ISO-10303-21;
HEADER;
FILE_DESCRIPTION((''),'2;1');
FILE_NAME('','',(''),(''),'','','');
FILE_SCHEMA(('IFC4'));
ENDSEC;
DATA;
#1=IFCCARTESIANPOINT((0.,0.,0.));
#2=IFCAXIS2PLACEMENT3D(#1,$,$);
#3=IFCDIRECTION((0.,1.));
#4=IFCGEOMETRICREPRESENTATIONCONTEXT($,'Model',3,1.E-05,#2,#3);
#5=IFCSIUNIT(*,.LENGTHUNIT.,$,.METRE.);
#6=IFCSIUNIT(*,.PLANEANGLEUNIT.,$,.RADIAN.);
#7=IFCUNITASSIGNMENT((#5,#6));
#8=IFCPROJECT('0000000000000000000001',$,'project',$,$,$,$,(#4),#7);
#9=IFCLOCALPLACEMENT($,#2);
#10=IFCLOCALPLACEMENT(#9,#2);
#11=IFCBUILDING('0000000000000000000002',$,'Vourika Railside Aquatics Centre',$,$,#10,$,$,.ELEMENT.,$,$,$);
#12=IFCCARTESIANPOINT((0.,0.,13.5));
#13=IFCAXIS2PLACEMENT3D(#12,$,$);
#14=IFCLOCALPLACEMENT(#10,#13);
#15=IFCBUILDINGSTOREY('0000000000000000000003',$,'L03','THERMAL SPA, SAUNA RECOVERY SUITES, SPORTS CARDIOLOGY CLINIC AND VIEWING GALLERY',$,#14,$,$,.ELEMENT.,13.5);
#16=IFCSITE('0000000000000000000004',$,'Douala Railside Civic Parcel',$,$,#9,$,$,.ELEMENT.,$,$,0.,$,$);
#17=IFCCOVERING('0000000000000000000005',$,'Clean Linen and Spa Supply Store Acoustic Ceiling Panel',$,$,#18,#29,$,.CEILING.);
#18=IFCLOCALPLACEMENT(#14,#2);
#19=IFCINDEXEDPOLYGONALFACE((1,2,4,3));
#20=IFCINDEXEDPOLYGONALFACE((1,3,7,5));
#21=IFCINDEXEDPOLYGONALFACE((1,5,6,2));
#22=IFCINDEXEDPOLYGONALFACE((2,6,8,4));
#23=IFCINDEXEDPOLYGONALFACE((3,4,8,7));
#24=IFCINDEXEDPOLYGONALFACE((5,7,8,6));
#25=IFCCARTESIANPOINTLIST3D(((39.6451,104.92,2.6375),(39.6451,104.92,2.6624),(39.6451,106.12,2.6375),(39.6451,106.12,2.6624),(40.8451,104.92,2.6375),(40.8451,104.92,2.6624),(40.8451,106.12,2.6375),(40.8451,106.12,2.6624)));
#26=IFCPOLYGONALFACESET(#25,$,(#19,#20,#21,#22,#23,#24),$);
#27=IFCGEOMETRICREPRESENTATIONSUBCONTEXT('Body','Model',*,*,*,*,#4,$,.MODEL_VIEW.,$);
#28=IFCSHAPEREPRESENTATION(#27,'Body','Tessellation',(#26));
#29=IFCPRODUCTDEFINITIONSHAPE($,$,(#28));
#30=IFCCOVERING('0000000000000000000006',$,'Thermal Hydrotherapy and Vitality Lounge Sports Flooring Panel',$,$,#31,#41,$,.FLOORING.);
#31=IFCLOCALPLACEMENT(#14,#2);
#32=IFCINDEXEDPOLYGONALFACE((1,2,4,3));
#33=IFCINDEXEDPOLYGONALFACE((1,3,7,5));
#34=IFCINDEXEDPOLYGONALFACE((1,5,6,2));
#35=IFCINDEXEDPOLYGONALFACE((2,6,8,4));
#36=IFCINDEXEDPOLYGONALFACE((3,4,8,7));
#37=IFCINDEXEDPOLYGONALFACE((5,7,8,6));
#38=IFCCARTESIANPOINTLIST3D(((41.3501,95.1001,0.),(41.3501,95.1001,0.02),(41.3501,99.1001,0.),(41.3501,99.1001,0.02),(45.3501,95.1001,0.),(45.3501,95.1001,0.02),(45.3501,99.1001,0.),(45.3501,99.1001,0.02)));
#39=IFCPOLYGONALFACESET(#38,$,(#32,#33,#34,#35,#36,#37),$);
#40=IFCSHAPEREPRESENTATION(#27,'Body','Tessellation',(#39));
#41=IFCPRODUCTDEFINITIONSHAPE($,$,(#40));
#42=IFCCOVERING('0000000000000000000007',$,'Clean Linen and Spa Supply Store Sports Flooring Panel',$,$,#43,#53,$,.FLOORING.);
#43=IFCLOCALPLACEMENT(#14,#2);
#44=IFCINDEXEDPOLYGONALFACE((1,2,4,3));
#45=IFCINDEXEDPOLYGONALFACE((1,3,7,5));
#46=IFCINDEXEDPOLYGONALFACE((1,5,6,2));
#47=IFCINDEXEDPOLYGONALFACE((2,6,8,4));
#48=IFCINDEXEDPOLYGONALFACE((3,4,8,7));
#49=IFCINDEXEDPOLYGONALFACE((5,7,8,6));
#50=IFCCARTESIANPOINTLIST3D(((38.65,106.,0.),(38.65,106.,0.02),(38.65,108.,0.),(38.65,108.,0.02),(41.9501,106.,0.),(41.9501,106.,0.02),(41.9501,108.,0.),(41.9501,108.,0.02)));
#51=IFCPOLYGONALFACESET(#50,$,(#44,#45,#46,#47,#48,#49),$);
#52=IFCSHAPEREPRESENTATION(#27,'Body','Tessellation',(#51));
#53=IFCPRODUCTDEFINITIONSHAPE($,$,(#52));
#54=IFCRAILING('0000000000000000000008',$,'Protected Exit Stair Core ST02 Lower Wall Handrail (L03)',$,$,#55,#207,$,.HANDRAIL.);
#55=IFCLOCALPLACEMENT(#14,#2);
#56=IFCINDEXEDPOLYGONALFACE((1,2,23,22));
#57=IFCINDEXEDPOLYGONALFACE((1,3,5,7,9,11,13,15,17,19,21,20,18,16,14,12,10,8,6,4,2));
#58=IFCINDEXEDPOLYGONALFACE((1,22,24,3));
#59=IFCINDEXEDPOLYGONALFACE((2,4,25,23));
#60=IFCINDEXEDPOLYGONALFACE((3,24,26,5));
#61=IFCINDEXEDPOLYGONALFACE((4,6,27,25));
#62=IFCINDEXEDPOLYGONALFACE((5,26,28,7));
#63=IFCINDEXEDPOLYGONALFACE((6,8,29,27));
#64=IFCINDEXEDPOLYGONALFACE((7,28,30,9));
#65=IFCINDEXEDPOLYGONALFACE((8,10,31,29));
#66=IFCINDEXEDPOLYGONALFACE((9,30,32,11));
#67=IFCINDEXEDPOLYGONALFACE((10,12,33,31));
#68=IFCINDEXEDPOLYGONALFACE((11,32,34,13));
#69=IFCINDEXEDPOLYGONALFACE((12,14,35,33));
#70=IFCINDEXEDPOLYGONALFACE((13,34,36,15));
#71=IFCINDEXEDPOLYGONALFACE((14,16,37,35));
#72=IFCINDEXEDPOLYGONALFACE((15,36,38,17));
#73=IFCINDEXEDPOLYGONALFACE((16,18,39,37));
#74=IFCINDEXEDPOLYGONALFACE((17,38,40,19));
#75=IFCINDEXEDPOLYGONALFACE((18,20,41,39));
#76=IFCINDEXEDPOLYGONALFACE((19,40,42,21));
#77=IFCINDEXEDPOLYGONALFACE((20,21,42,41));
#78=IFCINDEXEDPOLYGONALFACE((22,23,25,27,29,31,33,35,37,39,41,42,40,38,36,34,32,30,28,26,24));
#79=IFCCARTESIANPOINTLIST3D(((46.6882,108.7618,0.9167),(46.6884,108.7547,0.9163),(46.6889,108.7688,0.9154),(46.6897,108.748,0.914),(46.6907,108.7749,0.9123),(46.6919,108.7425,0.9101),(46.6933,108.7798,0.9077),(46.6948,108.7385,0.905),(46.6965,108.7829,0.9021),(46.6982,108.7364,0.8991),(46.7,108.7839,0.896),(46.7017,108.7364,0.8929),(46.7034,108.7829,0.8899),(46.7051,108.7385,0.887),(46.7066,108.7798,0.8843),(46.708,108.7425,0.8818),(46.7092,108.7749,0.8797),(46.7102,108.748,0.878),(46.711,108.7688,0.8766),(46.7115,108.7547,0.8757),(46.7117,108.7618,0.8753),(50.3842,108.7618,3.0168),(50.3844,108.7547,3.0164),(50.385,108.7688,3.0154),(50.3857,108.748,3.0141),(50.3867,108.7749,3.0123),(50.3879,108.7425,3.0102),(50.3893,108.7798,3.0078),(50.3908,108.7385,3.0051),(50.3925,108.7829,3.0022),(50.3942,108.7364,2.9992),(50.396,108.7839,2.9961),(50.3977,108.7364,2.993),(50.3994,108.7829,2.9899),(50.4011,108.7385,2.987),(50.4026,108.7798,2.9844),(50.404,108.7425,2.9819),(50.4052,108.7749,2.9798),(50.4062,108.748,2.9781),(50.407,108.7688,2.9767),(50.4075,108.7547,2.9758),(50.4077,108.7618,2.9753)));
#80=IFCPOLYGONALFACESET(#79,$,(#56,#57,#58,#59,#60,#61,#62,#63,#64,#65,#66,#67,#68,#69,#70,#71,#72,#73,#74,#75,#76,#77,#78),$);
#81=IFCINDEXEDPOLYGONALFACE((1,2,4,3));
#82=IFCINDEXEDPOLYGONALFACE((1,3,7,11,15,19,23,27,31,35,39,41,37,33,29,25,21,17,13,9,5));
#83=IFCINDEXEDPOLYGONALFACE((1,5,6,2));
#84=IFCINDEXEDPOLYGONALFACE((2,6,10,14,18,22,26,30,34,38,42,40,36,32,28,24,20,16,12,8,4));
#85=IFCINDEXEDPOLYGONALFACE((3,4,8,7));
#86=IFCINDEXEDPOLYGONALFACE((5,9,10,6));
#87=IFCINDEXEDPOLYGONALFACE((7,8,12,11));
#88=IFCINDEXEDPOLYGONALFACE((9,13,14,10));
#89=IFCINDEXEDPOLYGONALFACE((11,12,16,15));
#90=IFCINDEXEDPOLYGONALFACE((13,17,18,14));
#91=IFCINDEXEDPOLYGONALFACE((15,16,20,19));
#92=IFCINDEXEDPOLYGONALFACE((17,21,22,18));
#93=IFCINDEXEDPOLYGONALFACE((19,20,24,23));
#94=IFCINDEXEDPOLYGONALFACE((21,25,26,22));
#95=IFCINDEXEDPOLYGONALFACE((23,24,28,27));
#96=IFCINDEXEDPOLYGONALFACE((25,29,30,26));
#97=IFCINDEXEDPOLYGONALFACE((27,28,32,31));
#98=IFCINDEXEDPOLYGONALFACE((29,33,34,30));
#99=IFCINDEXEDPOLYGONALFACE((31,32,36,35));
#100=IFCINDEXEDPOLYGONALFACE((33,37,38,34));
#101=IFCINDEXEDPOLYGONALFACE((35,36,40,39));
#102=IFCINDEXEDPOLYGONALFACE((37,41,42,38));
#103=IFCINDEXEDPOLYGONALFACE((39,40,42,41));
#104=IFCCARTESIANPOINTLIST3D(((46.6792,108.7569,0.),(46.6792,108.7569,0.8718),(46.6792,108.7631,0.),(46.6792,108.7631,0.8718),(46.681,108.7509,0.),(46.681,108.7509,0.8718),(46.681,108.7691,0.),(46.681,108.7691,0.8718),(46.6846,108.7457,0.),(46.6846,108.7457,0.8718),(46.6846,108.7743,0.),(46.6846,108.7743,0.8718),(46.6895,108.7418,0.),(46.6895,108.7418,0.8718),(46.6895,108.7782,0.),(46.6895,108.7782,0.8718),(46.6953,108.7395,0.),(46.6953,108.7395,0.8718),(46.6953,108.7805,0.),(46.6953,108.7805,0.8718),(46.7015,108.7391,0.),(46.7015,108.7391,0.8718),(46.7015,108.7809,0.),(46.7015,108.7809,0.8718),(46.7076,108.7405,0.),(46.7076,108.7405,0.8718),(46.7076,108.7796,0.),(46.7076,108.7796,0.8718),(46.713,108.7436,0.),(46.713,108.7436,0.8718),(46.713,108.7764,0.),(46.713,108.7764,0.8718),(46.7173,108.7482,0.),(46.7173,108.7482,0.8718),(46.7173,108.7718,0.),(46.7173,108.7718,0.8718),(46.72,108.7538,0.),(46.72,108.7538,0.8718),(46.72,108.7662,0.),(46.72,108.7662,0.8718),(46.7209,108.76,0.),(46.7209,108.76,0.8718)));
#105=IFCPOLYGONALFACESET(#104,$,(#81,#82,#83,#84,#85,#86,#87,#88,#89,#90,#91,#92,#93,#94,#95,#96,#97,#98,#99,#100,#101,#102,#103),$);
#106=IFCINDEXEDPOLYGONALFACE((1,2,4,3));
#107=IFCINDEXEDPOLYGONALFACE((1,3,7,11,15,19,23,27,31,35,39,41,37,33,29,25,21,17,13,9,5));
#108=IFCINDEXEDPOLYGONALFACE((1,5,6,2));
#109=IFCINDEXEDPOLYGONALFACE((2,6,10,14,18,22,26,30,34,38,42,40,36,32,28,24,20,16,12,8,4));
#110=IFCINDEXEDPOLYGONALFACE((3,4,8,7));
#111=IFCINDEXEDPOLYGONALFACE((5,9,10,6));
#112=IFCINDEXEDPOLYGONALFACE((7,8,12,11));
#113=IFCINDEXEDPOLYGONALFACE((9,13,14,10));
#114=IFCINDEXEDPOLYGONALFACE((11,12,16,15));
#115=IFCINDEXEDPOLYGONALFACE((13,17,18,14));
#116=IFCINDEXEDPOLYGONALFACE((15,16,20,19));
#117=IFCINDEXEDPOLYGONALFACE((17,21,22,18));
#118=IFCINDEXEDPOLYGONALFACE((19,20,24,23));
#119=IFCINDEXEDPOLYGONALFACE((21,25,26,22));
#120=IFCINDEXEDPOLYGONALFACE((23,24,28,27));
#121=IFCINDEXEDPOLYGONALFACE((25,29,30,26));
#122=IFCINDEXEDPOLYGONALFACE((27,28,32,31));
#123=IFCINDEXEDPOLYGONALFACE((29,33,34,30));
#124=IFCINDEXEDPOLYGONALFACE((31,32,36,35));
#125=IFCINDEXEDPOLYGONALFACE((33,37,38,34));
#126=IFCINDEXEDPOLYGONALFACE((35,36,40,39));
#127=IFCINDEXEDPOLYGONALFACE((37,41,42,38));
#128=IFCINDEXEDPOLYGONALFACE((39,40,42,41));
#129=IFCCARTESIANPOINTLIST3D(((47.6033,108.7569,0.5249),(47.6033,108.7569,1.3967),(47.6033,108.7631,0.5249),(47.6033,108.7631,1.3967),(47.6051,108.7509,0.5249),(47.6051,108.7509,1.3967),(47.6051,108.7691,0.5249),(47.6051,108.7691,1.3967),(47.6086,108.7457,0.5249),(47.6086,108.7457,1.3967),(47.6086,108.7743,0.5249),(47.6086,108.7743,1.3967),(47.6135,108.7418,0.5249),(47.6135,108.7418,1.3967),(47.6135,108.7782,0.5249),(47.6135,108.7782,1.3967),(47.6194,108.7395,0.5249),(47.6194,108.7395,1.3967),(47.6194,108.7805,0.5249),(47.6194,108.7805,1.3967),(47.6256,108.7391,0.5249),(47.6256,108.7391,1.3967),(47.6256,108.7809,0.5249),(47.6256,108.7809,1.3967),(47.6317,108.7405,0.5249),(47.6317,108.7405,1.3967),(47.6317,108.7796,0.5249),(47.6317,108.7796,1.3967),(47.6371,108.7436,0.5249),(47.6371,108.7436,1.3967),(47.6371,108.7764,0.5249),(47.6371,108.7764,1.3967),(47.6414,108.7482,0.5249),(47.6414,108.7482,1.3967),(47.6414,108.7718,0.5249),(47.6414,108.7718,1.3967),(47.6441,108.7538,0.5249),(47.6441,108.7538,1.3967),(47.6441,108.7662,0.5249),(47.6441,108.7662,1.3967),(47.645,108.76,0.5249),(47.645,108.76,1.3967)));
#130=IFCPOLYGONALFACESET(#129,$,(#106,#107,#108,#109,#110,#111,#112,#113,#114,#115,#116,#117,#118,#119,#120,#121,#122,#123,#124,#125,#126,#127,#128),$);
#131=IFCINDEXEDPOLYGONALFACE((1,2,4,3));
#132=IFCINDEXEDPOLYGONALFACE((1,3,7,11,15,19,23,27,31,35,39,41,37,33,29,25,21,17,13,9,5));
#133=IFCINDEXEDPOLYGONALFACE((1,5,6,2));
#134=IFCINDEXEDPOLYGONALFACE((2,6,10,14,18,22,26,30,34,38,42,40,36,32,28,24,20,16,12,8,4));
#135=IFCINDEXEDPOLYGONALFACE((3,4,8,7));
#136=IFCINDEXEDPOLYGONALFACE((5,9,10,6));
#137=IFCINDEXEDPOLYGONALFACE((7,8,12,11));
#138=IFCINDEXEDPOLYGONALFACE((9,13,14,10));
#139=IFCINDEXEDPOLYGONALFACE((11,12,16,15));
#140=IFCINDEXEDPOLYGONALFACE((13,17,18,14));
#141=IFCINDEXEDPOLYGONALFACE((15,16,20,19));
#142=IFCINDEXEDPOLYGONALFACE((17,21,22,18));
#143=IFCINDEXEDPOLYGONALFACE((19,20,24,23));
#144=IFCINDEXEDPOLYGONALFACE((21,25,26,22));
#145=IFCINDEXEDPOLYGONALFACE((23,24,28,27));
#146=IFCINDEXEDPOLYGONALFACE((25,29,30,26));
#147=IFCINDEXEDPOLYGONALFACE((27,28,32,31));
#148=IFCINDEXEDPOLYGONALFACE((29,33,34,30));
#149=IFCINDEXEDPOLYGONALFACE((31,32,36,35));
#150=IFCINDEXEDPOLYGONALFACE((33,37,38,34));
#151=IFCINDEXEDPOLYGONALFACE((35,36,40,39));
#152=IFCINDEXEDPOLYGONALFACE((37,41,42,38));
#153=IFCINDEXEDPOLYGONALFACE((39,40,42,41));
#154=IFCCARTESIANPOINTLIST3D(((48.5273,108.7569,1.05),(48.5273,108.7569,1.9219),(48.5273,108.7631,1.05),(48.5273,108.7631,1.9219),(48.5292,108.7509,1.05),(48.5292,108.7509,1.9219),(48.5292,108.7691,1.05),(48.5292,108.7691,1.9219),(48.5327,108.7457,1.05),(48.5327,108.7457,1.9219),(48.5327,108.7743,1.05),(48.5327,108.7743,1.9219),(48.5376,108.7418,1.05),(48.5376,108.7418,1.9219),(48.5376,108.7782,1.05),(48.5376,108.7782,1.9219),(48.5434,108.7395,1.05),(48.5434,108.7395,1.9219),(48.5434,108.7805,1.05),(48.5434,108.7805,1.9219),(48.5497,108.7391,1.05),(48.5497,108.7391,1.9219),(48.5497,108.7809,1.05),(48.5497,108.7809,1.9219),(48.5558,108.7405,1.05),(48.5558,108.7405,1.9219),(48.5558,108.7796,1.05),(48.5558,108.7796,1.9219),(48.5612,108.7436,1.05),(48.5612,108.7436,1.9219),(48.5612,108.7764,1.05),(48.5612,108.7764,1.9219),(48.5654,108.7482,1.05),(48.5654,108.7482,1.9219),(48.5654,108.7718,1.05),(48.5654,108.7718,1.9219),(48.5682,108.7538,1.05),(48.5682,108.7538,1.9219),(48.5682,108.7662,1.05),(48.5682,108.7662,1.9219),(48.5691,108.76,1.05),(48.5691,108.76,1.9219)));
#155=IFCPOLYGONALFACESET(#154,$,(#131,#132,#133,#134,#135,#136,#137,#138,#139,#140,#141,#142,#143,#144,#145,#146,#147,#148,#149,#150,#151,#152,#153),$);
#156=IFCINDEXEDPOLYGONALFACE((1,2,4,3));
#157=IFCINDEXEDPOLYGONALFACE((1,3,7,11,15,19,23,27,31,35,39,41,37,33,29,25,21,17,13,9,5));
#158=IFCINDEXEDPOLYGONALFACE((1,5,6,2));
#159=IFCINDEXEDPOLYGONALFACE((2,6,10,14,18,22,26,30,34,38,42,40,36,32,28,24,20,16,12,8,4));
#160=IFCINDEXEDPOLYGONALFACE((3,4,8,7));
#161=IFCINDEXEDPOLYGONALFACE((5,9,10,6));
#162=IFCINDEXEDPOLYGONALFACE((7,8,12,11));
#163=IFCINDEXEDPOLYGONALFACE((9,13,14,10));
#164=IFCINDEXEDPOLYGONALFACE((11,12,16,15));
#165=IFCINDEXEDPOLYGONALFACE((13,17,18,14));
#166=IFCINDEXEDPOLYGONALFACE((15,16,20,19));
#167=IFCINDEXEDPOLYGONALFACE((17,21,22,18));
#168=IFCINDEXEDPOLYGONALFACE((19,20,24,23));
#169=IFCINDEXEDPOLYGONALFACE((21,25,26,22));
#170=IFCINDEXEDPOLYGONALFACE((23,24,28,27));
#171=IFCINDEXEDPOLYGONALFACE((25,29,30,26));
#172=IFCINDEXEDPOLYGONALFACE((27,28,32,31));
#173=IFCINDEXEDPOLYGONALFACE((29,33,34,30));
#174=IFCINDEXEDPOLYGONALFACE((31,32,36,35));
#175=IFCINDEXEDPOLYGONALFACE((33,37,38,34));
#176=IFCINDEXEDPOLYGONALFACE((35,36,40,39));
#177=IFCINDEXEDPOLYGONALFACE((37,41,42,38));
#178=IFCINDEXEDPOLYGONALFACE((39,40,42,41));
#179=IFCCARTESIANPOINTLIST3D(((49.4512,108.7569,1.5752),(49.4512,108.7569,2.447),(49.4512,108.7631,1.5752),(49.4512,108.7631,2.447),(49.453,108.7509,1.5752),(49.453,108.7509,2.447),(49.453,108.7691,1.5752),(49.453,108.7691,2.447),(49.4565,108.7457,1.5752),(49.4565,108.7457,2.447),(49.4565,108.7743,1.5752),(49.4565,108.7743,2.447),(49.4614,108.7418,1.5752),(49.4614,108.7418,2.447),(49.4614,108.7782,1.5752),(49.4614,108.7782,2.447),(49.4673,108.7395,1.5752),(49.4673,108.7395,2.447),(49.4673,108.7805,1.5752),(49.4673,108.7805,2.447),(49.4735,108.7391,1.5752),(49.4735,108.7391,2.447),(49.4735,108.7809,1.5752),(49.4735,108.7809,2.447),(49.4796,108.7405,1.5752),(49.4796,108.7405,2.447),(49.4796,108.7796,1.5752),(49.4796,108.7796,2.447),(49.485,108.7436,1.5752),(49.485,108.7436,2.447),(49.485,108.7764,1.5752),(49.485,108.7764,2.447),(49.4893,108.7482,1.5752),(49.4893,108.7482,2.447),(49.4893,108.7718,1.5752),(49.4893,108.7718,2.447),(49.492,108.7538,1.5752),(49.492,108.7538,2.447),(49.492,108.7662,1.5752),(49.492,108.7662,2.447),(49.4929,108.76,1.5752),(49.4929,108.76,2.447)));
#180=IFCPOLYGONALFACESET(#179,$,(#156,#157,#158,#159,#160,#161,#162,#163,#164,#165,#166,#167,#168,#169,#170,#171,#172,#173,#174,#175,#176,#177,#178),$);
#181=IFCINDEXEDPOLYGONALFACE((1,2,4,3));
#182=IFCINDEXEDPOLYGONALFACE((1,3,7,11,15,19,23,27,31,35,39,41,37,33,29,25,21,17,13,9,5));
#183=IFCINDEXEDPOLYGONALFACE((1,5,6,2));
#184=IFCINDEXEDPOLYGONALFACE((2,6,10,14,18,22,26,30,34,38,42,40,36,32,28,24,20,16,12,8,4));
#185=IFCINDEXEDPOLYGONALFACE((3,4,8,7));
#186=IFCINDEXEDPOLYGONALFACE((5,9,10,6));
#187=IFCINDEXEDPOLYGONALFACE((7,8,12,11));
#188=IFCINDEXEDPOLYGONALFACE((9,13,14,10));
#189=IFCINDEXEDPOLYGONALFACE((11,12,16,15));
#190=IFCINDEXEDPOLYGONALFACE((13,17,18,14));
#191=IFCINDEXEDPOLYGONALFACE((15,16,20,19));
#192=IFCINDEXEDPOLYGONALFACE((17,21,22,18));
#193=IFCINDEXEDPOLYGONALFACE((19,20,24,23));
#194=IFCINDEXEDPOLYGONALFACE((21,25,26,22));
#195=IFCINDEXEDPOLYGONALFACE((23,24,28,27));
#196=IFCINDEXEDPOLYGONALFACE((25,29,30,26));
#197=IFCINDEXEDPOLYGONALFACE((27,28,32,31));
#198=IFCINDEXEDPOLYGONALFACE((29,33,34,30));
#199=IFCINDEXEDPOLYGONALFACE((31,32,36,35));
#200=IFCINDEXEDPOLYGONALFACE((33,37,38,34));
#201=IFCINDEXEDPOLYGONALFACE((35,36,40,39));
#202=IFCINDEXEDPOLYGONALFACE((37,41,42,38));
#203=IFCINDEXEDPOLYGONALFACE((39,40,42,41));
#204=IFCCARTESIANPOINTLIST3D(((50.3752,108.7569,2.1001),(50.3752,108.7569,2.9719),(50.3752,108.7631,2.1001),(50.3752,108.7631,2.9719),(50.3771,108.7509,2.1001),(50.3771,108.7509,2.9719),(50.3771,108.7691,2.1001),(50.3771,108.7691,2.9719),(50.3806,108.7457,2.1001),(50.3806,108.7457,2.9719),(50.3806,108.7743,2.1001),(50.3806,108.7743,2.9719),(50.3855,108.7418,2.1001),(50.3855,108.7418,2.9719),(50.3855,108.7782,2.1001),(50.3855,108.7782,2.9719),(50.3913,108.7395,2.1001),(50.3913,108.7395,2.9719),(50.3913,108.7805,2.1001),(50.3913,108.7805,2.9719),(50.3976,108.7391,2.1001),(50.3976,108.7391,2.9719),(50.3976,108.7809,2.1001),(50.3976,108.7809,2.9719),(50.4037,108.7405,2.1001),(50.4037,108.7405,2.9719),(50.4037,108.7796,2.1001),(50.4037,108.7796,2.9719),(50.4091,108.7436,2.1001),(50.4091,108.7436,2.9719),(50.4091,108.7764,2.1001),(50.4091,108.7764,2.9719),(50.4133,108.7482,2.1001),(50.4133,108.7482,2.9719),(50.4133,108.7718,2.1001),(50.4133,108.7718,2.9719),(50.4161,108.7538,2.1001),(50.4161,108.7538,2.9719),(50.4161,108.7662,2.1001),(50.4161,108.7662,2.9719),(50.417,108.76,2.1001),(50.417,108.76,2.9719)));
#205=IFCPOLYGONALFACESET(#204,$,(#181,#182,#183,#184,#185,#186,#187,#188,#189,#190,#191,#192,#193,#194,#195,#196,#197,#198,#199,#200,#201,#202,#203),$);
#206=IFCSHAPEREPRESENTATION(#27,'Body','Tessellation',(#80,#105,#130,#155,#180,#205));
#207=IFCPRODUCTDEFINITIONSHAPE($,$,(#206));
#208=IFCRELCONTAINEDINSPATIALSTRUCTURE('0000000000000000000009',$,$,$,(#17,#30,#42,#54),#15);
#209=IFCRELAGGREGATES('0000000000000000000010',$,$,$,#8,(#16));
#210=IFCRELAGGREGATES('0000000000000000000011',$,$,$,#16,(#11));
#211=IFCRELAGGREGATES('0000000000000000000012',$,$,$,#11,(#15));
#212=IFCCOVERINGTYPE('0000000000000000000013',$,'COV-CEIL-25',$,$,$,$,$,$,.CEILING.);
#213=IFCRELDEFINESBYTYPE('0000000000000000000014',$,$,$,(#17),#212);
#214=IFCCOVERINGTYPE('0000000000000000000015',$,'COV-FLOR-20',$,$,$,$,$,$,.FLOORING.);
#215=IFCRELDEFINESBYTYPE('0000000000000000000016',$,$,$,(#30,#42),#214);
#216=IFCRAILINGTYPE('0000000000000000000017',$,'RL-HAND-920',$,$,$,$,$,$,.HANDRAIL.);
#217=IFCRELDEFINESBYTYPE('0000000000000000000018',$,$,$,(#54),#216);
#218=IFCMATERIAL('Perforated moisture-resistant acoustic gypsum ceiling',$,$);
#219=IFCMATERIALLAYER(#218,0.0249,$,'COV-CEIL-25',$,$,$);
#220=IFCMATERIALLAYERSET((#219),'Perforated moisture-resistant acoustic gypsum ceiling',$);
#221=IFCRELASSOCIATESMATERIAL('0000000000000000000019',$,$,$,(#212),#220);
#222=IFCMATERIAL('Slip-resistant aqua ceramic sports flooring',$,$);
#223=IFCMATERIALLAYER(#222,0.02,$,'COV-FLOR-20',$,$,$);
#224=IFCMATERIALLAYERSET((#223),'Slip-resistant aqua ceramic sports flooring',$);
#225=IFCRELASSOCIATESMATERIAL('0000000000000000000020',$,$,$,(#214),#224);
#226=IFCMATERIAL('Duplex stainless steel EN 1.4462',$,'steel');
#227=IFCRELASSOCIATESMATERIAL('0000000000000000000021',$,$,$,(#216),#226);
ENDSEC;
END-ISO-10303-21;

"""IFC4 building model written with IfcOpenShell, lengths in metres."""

from ifc_helpers import new_model, si_unit, direction, frame, origin, origin_2d, place, context, subcontext, project, spatial, rectangle, circle, extrude, material, layer, layer_set, type_object, element, save


model = new_model("IFC4")

# Units and contexts
model_context = context("Model", 3, precision=1e-05, world=origin(), true_north=direction((0.0, 1.0)))
body_context = subcontext(model_context, "Body", "Model", "MODEL_VIEW")
ifc_project = project(units=[si_unit("LENGTHUNIT", "METRE"), si_unit("PLANEANGLEUNIT", "RADIAN")], contexts=[model_context])

# Site, building, storey
site_placement = place(None, origin())
site = spatial("IfcSite", under=ifc_project, at=site_placement, Name="Douala Railside Civic Parcel", CompositionType="ELEMENT", RefElevation=0.0)
building_placement = place(site_placement, origin())
building = spatial("IfcBuilding", under=site, at=building_placement, Name="Vourika Railside Aquatics Centre", CompositionType="ELEMENT")
storey_placement = place(building_placement, frame((0.0, 0.0, 13.5)))
storey = spatial("IfcBuildingStorey", under=building, at=storey_placement, Name="L03", Description="THERMAL SPA, SAUNA RECOVERY SUITES, SPORTS CARDIOLOGY CLINIC AND VIEWING GALLERY", CompositionType="ELEMENT", Elevation=13.5)

# Coverings
ifc_material_1 = material(Name="Perforated moisture-resistant acoustic gypsum ceiling")
ifc_layer_1 = layer(ifc_material_1, 0.0249, Name="COV-CEIL-25")
ifc_layer_set_1 = layer_set([ifc_layer_1], Name="Perforated moisture-resistant acoustic gypsum ceiling")
covering_type_1 = type_object("IfcCoveringType", Name="COV-CEIL-25", PredefinedType="CEILING", material=ifc_layer_set_1)
for number, where, z_axis, x_axis, name in (
    (1, (40.2451, 105.52, 2.6375), (0.0, 0.0, 1.0), (1.0, 0.0, 0.0), "Clean Linen and Spa Supply Store Acoustic Ceiling Panel"),
):
    element("IfcCovering", number, at=place(storey_placement, frame(where, z_axis=z_axis, x_axis=x_axis)), inside=storey, type_object=covering_type_1, Name=name, PredefinedType="CEILING", context=body_context, shape_type="SweptSolid", body=[
        extrude(rectangle(XDim=1.2, YDim=1.2, at=origin_2d()), origin(), (0.0, 0.0, 1.0), 0.0249),
    ])
ifc_material_2 = material(Name="Slip-resistant aqua ceramic sports flooring")
ifc_layer_2 = layer(ifc_material_2, 0.02, Name="COV-FLOR-20")
ifc_layer_set_2 = layer_set([ifc_layer_2], Name="Slip-resistant aqua ceramic sports flooring")
covering_type_2 = type_object("IfcCoveringType", Name="COV-FLOR-20", PredefinedType="FLOORING", material=ifc_layer_set_2)
covering_1_placement = place(storey_placement, frame((43.3501, 97.1001, 0.0), z_axis=(0.0, 0.0, 1.0), x_axis=(1.0, 0.0, 0.0)))
element("IfcCovering", 2, at=covering_1_placement, inside=storey, type_object=covering_type_2, Name="Thermal Hydrotherapy and Vitality Lounge Sports Flooring Panel", PredefinedType="FLOORING", context=body_context, shape_type="SweptSolid", body=[
    extrude(rectangle(XDim=4.0, YDim=4.0, at=origin_2d()), origin(), (0.0, 0.0, 1.0), 0.02),
])
covering_2_placement = place(storey_placement, frame((40.3, 107.0, 0.0), z_axis=(0.0, 0.0, 1.0), x_axis=(1.0, 0.0, 0.0)))
element("IfcCovering", 3, at=covering_2_placement, inside=storey, type_object=covering_type_2, Name="Clean Linen and Spa Supply Store Sports Flooring Panel", PredefinedType="FLOORING", context=body_context, shape_type="SweptSolid", body=[
    extrude(rectangle(XDim=3.3, YDim=2.0, at=origin_2d()), origin(), (0.0, 0.0, 1.0), 0.02),
])

# Railing
ifc_material_3 = material(Name="Duplex stainless steel EN 1.4462", Category="steel")
railing_type = type_object("IfcRailingType", Name="RL-HAND-920", PredefinedType="HANDRAIL", material=ifc_material_3)
railing_placement = place(storey_placement, frame((46.7, 108.76, 0.0)))
element("IfcRailing", 4, at=railing_placement, inside=storey, type_object=railing_type, Name="Protected Exit Stair Core ST02 Lower Wall Handrail (L03)", PredefinedType="HANDRAIL", context=body_context, shape_type="SweptSolid", body=[
    extrude(circle(Radius=0.0239, at=origin_2d()), frame((0.0, 0.0, 0.896), z_axis=(0.869449, 0.0, 0.494022), x_axis=(0.0, 1.0, 0.0)), (0.0, 0.0, 1.0), 4.251),
    extrude(circle(Radius=0.021, at=origin_2d()), origin(), (0.0, 0.0, 1.0), 0.8718),
    extrude(circle(Radius=0.021, at=origin_2d()), frame((0.9241, 0.0, 0.5249)), (0.0, 0.0, 1.0), 0.8718),
    extrude(circle(Radius=0.021, at=origin_2d()), frame((1.8481, 0.0, 1.05)), (0.0, 0.0, 1.0), 0.8718),
    extrude(circle(Radius=0.021, at=origin_2d()), frame((2.772, 0.0, 1.5752)), (0.0, 0.0, 1.0), 0.8718),
    extrude(circle(Radius=0.021, at=origin_2d()), frame((3.696, 0.0, 2.1001)), (0.0, 0.0, 1.0), 0.8718),
])

save(model, "model.ifc")
